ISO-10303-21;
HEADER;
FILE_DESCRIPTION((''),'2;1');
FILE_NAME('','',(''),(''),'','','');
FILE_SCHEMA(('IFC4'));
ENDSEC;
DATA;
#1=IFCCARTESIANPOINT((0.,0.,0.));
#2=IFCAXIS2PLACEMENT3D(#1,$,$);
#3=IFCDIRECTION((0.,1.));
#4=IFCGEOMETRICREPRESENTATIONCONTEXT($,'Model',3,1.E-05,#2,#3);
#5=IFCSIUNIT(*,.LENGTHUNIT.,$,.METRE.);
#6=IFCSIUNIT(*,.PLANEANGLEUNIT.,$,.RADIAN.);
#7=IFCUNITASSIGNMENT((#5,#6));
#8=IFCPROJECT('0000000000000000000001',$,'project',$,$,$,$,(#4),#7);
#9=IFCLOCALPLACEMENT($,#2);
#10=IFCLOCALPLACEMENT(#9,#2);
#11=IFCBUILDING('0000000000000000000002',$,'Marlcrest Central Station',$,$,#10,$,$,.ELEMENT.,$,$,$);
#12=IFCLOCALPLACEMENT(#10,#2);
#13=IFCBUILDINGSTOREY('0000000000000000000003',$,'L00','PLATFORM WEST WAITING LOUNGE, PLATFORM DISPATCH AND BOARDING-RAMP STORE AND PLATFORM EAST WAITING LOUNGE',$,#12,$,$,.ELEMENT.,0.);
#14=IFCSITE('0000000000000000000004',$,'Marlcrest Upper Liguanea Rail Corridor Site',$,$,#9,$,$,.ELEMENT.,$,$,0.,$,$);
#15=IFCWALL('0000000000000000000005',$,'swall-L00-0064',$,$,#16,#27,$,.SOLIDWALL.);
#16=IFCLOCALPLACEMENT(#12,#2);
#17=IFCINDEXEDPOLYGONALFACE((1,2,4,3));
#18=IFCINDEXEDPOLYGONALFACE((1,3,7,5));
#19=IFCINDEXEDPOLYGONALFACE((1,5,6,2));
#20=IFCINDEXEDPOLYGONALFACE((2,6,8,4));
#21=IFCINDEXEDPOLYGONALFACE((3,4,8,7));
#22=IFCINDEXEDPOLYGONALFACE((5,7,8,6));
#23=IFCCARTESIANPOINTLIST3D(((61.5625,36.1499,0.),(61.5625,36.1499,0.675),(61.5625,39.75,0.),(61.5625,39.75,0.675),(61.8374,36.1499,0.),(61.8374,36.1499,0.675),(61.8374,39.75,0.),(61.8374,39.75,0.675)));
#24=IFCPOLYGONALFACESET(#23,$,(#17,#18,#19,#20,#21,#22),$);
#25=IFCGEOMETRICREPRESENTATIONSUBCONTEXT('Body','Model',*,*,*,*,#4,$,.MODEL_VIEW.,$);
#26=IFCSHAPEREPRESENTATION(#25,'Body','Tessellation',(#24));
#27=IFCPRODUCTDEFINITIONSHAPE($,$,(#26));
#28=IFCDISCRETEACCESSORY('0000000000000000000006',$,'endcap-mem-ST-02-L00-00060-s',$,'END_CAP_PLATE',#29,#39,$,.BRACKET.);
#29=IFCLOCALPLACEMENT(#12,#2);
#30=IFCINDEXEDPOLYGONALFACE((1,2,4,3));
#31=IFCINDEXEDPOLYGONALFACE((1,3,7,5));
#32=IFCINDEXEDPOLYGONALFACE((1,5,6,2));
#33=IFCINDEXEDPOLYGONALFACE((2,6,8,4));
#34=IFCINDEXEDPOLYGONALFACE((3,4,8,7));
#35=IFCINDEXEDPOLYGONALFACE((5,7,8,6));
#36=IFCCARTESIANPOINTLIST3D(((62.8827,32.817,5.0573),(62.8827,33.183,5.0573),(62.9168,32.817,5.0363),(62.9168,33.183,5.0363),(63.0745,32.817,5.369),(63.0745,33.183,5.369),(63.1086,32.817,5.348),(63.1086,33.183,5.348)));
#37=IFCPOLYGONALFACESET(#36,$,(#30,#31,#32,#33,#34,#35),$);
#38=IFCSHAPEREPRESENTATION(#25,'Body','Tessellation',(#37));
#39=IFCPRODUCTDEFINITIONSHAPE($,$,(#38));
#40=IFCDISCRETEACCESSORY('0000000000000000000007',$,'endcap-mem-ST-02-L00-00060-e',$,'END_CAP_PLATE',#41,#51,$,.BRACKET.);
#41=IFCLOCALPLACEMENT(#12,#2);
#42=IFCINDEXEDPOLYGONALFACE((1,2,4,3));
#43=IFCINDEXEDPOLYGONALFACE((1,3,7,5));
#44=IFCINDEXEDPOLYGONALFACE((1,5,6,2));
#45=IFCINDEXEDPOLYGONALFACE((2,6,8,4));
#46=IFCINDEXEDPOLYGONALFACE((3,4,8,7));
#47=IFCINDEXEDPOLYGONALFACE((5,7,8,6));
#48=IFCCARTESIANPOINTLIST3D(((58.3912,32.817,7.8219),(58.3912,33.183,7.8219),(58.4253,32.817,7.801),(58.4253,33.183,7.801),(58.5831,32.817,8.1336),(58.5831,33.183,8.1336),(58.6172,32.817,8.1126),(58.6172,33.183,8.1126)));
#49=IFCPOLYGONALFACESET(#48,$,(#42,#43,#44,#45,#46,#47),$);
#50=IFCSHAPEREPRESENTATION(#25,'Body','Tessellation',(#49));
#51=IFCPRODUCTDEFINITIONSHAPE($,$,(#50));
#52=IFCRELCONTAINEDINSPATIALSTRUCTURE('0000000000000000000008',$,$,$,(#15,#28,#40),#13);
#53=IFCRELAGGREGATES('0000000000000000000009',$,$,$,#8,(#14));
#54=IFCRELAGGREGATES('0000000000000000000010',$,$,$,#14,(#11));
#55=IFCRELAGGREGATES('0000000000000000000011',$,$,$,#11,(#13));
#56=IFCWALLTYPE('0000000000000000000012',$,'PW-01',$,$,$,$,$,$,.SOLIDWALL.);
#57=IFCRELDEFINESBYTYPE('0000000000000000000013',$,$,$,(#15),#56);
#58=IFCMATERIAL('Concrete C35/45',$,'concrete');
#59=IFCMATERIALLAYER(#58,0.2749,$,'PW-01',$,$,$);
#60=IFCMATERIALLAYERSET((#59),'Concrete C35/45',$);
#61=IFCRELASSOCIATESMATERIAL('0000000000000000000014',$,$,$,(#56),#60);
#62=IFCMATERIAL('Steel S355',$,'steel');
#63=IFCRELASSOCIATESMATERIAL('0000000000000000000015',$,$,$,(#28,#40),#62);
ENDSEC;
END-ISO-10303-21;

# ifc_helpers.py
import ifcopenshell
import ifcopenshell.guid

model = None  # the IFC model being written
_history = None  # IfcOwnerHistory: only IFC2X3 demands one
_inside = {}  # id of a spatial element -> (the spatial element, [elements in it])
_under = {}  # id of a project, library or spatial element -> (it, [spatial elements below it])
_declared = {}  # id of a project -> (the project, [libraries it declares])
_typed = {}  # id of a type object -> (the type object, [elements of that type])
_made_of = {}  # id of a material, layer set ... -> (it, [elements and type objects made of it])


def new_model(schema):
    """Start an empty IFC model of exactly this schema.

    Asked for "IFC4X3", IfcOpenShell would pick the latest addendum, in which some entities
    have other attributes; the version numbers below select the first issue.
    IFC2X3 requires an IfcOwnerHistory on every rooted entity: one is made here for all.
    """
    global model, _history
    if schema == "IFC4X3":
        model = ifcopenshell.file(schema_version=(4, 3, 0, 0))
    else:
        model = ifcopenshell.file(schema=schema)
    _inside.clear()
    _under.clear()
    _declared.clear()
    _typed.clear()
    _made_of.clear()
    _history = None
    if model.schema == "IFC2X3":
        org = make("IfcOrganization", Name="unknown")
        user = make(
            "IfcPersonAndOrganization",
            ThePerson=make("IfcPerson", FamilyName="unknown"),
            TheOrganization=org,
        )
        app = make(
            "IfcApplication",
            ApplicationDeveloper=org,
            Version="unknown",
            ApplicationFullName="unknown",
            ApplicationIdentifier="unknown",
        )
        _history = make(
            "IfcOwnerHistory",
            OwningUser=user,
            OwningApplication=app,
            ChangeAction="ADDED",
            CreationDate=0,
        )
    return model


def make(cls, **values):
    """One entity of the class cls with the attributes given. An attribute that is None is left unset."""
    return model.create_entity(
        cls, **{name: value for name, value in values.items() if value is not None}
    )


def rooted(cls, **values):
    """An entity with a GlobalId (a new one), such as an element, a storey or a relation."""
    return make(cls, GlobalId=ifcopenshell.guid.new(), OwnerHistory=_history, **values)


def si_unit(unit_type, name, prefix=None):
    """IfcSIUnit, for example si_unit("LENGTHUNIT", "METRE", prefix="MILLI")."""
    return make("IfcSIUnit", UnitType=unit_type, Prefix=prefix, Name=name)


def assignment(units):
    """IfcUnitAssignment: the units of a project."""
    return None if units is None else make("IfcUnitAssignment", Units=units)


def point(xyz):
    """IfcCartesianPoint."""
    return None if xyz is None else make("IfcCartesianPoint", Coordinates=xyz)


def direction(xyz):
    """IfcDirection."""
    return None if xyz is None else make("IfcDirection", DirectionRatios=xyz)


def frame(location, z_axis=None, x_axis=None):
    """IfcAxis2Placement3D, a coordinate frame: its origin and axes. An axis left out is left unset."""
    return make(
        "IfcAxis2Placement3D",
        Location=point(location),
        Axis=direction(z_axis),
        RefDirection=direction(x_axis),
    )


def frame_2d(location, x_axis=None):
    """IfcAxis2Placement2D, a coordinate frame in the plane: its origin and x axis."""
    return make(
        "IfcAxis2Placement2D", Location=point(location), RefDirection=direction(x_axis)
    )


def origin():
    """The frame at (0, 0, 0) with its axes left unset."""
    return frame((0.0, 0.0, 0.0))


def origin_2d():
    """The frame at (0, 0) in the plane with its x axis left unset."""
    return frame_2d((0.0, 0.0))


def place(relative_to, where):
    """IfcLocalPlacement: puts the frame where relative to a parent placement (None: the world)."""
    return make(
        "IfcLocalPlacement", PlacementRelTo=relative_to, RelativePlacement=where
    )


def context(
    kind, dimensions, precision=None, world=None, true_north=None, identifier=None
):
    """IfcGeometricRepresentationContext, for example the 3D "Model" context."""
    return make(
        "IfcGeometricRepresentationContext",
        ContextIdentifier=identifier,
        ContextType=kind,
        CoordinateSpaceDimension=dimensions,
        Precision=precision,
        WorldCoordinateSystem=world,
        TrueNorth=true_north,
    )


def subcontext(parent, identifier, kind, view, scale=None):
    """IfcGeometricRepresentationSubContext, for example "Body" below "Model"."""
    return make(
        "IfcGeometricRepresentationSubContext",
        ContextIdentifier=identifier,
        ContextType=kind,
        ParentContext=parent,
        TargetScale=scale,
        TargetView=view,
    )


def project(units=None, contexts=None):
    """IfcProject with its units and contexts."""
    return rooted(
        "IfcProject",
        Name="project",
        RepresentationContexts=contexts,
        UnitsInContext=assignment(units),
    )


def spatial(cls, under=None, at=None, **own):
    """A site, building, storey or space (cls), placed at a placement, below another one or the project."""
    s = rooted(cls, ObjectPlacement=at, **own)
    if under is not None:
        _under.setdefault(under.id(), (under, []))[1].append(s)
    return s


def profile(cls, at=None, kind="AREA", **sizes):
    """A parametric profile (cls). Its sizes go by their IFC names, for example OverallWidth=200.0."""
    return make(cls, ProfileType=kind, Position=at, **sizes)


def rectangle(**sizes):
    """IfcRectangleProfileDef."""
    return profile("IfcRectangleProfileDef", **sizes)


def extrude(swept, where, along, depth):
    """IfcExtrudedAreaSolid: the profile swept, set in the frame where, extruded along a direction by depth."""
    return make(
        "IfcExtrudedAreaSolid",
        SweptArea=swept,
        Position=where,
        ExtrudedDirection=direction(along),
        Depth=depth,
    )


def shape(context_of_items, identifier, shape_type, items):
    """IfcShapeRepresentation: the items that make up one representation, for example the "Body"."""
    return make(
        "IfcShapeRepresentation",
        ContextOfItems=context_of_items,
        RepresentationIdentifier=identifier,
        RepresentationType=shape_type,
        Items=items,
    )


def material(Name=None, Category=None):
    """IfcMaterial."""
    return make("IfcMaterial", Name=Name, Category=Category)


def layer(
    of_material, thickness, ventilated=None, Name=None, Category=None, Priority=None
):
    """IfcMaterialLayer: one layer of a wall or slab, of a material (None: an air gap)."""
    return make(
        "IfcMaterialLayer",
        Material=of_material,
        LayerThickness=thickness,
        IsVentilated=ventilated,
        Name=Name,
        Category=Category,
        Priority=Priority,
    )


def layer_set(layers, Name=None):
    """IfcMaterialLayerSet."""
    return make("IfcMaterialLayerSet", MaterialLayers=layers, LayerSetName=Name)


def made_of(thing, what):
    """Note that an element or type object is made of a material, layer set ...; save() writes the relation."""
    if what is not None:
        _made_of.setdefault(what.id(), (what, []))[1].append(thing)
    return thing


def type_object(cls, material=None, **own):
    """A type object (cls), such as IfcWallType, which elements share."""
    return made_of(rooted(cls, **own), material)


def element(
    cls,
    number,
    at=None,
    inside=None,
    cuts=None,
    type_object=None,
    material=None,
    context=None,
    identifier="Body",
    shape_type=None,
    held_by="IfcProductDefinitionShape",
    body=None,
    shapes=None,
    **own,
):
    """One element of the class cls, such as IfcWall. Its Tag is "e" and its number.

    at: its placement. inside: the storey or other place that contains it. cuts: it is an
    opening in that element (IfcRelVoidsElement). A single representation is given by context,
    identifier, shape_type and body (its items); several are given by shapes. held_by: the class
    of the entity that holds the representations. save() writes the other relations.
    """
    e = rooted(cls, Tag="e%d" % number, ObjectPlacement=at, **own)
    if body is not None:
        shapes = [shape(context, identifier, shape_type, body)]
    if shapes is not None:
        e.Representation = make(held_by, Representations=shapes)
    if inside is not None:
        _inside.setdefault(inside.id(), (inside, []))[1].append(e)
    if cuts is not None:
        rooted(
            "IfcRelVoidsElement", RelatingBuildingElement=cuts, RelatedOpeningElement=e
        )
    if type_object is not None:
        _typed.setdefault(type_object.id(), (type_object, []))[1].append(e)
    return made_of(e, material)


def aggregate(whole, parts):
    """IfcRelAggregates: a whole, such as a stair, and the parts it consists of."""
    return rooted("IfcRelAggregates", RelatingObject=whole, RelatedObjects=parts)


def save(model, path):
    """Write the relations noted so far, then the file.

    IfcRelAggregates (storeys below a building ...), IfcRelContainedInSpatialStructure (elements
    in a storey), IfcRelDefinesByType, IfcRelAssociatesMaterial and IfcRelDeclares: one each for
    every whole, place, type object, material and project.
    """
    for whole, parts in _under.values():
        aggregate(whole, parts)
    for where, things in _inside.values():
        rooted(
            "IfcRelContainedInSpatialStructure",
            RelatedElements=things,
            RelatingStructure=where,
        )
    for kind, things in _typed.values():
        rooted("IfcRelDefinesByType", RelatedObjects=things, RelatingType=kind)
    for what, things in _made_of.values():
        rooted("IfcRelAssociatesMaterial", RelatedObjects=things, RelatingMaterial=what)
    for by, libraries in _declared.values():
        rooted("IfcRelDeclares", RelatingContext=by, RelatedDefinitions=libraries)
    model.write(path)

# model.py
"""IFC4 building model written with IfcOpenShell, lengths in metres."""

from ifc_helpers import new_model, si_unit, direction, frame, frame_2d, origin, origin_2d, place, context, subcontext, project, spatial, rectangle, extrude, material, layer, layer_set, type_object, element, save


model = new_model("IFC4")

# Units and contexts
model_context = context("Model", 3, precision=1e-05, world=origin(), true_north=direction((0.0, 1.0)))
body_context = subcontext(model_context, "Body", "Model", "MODEL_VIEW")
ifc_project = project(units=[si_unit("LENGTHUNIT", "METRE"), si_unit("PLANEANGLEUNIT", "RADIAN")], contexts=[model_context])

# Site, building, storey
site_placement = place(None, origin())
site = spatial("IfcSite", under=ifc_project, at=site_placement, Name="Marlcrest Upper Liguanea Rail Corridor Site", CompositionType="ELEMENT", RefElevation=0.0)
building_placement = place(site_placement, origin())
building = spatial("IfcBuilding", under=site, at=building_placement, Name="Marlcrest Central Station", CompositionType="ELEMENT")
storey_placement = place(building_placement, origin())
storey = spatial("IfcBuildingStorey", under=building, at=storey_placement, Name="L00", Description="PLATFORM WEST WAITING LOUNGE, PLATFORM DISPATCH AND BOARDING-RAMP STORE AND PLATFORM EAST WAITING LOUNGE", CompositionType="ELEMENT", Elevation=0.0)

# Shared definitions
ifc_material_1 = material(Name="Concrete C35/45", Category="concrete")

# Shared definitions
ifc_material_2 = material(Name="Steel S355", Category="steel")

# Wall
ifc_layer_1 = layer(ifc_material_1, 0.2749, Name="PW-01")
ifc_layer_set_1 = layer_set([ifc_layer_1], Name="Concrete C35/45")
wall_type = type_object("IfcWallType", Name="PW-01", PredefinedType="SOLIDWALL", material=ifc_layer_set_1)
for number, where, z_axis, x_axis, name in (
    (1, (61.7, 36.1499, 0.0), (0.0, 0.0, 1.0), (0.0, 1.0, 0.0), "swall-L00-0064"),
):
    element("IfcWall", number, at=place(storey_placement, frame(where, z_axis=z_axis, x_axis=x_axis)), inside=storey, type_object=wall_type, Name=name, PredefinedType="SOLIDWALL", context=body_context, shape_type="SweptSolid", body=[
        extrude(rectangle(XDim=3.6001, YDim=0.2749, at=frame_2d((1.8, 0.0))), origin(), (0.0, 0.0, 1.0), 0.675),
    ])

# Discrete accessories
for number, where, z_axis, x_axis, name in (
    (2, (63.0127, 33.0, 5.1921), (-0.851592, 0.0, 0.524206), (0.0, -1.0, 0.0), "endcap-mem-ST-02-L00-00060-s"),
    (3, (58.5212, 33.0, 7.9568), (-0.851592, 0.0, 0.524206), (0.0, -1.0, 0.0), "endcap-mem-ST-02-L00-00060-e"),
):
    element("IfcDiscreteAccessory", number, at=place(storey_placement, frame(where, z_axis=z_axis, x_axis=x_axis)), inside=storey, material=ifc_material_2, Name=name, ObjectType="END_CAP_PLATE", PredefinedType="BRACKET", context=body_context, shape_type="SweptSolid", body=[
        extrude(rectangle(XDim=0.366, YDim=0.366, at=origin_2d()), origin(), (0.0, 0.0, 1.0), 0.04),
    ])

save(model, "model.ifc")
